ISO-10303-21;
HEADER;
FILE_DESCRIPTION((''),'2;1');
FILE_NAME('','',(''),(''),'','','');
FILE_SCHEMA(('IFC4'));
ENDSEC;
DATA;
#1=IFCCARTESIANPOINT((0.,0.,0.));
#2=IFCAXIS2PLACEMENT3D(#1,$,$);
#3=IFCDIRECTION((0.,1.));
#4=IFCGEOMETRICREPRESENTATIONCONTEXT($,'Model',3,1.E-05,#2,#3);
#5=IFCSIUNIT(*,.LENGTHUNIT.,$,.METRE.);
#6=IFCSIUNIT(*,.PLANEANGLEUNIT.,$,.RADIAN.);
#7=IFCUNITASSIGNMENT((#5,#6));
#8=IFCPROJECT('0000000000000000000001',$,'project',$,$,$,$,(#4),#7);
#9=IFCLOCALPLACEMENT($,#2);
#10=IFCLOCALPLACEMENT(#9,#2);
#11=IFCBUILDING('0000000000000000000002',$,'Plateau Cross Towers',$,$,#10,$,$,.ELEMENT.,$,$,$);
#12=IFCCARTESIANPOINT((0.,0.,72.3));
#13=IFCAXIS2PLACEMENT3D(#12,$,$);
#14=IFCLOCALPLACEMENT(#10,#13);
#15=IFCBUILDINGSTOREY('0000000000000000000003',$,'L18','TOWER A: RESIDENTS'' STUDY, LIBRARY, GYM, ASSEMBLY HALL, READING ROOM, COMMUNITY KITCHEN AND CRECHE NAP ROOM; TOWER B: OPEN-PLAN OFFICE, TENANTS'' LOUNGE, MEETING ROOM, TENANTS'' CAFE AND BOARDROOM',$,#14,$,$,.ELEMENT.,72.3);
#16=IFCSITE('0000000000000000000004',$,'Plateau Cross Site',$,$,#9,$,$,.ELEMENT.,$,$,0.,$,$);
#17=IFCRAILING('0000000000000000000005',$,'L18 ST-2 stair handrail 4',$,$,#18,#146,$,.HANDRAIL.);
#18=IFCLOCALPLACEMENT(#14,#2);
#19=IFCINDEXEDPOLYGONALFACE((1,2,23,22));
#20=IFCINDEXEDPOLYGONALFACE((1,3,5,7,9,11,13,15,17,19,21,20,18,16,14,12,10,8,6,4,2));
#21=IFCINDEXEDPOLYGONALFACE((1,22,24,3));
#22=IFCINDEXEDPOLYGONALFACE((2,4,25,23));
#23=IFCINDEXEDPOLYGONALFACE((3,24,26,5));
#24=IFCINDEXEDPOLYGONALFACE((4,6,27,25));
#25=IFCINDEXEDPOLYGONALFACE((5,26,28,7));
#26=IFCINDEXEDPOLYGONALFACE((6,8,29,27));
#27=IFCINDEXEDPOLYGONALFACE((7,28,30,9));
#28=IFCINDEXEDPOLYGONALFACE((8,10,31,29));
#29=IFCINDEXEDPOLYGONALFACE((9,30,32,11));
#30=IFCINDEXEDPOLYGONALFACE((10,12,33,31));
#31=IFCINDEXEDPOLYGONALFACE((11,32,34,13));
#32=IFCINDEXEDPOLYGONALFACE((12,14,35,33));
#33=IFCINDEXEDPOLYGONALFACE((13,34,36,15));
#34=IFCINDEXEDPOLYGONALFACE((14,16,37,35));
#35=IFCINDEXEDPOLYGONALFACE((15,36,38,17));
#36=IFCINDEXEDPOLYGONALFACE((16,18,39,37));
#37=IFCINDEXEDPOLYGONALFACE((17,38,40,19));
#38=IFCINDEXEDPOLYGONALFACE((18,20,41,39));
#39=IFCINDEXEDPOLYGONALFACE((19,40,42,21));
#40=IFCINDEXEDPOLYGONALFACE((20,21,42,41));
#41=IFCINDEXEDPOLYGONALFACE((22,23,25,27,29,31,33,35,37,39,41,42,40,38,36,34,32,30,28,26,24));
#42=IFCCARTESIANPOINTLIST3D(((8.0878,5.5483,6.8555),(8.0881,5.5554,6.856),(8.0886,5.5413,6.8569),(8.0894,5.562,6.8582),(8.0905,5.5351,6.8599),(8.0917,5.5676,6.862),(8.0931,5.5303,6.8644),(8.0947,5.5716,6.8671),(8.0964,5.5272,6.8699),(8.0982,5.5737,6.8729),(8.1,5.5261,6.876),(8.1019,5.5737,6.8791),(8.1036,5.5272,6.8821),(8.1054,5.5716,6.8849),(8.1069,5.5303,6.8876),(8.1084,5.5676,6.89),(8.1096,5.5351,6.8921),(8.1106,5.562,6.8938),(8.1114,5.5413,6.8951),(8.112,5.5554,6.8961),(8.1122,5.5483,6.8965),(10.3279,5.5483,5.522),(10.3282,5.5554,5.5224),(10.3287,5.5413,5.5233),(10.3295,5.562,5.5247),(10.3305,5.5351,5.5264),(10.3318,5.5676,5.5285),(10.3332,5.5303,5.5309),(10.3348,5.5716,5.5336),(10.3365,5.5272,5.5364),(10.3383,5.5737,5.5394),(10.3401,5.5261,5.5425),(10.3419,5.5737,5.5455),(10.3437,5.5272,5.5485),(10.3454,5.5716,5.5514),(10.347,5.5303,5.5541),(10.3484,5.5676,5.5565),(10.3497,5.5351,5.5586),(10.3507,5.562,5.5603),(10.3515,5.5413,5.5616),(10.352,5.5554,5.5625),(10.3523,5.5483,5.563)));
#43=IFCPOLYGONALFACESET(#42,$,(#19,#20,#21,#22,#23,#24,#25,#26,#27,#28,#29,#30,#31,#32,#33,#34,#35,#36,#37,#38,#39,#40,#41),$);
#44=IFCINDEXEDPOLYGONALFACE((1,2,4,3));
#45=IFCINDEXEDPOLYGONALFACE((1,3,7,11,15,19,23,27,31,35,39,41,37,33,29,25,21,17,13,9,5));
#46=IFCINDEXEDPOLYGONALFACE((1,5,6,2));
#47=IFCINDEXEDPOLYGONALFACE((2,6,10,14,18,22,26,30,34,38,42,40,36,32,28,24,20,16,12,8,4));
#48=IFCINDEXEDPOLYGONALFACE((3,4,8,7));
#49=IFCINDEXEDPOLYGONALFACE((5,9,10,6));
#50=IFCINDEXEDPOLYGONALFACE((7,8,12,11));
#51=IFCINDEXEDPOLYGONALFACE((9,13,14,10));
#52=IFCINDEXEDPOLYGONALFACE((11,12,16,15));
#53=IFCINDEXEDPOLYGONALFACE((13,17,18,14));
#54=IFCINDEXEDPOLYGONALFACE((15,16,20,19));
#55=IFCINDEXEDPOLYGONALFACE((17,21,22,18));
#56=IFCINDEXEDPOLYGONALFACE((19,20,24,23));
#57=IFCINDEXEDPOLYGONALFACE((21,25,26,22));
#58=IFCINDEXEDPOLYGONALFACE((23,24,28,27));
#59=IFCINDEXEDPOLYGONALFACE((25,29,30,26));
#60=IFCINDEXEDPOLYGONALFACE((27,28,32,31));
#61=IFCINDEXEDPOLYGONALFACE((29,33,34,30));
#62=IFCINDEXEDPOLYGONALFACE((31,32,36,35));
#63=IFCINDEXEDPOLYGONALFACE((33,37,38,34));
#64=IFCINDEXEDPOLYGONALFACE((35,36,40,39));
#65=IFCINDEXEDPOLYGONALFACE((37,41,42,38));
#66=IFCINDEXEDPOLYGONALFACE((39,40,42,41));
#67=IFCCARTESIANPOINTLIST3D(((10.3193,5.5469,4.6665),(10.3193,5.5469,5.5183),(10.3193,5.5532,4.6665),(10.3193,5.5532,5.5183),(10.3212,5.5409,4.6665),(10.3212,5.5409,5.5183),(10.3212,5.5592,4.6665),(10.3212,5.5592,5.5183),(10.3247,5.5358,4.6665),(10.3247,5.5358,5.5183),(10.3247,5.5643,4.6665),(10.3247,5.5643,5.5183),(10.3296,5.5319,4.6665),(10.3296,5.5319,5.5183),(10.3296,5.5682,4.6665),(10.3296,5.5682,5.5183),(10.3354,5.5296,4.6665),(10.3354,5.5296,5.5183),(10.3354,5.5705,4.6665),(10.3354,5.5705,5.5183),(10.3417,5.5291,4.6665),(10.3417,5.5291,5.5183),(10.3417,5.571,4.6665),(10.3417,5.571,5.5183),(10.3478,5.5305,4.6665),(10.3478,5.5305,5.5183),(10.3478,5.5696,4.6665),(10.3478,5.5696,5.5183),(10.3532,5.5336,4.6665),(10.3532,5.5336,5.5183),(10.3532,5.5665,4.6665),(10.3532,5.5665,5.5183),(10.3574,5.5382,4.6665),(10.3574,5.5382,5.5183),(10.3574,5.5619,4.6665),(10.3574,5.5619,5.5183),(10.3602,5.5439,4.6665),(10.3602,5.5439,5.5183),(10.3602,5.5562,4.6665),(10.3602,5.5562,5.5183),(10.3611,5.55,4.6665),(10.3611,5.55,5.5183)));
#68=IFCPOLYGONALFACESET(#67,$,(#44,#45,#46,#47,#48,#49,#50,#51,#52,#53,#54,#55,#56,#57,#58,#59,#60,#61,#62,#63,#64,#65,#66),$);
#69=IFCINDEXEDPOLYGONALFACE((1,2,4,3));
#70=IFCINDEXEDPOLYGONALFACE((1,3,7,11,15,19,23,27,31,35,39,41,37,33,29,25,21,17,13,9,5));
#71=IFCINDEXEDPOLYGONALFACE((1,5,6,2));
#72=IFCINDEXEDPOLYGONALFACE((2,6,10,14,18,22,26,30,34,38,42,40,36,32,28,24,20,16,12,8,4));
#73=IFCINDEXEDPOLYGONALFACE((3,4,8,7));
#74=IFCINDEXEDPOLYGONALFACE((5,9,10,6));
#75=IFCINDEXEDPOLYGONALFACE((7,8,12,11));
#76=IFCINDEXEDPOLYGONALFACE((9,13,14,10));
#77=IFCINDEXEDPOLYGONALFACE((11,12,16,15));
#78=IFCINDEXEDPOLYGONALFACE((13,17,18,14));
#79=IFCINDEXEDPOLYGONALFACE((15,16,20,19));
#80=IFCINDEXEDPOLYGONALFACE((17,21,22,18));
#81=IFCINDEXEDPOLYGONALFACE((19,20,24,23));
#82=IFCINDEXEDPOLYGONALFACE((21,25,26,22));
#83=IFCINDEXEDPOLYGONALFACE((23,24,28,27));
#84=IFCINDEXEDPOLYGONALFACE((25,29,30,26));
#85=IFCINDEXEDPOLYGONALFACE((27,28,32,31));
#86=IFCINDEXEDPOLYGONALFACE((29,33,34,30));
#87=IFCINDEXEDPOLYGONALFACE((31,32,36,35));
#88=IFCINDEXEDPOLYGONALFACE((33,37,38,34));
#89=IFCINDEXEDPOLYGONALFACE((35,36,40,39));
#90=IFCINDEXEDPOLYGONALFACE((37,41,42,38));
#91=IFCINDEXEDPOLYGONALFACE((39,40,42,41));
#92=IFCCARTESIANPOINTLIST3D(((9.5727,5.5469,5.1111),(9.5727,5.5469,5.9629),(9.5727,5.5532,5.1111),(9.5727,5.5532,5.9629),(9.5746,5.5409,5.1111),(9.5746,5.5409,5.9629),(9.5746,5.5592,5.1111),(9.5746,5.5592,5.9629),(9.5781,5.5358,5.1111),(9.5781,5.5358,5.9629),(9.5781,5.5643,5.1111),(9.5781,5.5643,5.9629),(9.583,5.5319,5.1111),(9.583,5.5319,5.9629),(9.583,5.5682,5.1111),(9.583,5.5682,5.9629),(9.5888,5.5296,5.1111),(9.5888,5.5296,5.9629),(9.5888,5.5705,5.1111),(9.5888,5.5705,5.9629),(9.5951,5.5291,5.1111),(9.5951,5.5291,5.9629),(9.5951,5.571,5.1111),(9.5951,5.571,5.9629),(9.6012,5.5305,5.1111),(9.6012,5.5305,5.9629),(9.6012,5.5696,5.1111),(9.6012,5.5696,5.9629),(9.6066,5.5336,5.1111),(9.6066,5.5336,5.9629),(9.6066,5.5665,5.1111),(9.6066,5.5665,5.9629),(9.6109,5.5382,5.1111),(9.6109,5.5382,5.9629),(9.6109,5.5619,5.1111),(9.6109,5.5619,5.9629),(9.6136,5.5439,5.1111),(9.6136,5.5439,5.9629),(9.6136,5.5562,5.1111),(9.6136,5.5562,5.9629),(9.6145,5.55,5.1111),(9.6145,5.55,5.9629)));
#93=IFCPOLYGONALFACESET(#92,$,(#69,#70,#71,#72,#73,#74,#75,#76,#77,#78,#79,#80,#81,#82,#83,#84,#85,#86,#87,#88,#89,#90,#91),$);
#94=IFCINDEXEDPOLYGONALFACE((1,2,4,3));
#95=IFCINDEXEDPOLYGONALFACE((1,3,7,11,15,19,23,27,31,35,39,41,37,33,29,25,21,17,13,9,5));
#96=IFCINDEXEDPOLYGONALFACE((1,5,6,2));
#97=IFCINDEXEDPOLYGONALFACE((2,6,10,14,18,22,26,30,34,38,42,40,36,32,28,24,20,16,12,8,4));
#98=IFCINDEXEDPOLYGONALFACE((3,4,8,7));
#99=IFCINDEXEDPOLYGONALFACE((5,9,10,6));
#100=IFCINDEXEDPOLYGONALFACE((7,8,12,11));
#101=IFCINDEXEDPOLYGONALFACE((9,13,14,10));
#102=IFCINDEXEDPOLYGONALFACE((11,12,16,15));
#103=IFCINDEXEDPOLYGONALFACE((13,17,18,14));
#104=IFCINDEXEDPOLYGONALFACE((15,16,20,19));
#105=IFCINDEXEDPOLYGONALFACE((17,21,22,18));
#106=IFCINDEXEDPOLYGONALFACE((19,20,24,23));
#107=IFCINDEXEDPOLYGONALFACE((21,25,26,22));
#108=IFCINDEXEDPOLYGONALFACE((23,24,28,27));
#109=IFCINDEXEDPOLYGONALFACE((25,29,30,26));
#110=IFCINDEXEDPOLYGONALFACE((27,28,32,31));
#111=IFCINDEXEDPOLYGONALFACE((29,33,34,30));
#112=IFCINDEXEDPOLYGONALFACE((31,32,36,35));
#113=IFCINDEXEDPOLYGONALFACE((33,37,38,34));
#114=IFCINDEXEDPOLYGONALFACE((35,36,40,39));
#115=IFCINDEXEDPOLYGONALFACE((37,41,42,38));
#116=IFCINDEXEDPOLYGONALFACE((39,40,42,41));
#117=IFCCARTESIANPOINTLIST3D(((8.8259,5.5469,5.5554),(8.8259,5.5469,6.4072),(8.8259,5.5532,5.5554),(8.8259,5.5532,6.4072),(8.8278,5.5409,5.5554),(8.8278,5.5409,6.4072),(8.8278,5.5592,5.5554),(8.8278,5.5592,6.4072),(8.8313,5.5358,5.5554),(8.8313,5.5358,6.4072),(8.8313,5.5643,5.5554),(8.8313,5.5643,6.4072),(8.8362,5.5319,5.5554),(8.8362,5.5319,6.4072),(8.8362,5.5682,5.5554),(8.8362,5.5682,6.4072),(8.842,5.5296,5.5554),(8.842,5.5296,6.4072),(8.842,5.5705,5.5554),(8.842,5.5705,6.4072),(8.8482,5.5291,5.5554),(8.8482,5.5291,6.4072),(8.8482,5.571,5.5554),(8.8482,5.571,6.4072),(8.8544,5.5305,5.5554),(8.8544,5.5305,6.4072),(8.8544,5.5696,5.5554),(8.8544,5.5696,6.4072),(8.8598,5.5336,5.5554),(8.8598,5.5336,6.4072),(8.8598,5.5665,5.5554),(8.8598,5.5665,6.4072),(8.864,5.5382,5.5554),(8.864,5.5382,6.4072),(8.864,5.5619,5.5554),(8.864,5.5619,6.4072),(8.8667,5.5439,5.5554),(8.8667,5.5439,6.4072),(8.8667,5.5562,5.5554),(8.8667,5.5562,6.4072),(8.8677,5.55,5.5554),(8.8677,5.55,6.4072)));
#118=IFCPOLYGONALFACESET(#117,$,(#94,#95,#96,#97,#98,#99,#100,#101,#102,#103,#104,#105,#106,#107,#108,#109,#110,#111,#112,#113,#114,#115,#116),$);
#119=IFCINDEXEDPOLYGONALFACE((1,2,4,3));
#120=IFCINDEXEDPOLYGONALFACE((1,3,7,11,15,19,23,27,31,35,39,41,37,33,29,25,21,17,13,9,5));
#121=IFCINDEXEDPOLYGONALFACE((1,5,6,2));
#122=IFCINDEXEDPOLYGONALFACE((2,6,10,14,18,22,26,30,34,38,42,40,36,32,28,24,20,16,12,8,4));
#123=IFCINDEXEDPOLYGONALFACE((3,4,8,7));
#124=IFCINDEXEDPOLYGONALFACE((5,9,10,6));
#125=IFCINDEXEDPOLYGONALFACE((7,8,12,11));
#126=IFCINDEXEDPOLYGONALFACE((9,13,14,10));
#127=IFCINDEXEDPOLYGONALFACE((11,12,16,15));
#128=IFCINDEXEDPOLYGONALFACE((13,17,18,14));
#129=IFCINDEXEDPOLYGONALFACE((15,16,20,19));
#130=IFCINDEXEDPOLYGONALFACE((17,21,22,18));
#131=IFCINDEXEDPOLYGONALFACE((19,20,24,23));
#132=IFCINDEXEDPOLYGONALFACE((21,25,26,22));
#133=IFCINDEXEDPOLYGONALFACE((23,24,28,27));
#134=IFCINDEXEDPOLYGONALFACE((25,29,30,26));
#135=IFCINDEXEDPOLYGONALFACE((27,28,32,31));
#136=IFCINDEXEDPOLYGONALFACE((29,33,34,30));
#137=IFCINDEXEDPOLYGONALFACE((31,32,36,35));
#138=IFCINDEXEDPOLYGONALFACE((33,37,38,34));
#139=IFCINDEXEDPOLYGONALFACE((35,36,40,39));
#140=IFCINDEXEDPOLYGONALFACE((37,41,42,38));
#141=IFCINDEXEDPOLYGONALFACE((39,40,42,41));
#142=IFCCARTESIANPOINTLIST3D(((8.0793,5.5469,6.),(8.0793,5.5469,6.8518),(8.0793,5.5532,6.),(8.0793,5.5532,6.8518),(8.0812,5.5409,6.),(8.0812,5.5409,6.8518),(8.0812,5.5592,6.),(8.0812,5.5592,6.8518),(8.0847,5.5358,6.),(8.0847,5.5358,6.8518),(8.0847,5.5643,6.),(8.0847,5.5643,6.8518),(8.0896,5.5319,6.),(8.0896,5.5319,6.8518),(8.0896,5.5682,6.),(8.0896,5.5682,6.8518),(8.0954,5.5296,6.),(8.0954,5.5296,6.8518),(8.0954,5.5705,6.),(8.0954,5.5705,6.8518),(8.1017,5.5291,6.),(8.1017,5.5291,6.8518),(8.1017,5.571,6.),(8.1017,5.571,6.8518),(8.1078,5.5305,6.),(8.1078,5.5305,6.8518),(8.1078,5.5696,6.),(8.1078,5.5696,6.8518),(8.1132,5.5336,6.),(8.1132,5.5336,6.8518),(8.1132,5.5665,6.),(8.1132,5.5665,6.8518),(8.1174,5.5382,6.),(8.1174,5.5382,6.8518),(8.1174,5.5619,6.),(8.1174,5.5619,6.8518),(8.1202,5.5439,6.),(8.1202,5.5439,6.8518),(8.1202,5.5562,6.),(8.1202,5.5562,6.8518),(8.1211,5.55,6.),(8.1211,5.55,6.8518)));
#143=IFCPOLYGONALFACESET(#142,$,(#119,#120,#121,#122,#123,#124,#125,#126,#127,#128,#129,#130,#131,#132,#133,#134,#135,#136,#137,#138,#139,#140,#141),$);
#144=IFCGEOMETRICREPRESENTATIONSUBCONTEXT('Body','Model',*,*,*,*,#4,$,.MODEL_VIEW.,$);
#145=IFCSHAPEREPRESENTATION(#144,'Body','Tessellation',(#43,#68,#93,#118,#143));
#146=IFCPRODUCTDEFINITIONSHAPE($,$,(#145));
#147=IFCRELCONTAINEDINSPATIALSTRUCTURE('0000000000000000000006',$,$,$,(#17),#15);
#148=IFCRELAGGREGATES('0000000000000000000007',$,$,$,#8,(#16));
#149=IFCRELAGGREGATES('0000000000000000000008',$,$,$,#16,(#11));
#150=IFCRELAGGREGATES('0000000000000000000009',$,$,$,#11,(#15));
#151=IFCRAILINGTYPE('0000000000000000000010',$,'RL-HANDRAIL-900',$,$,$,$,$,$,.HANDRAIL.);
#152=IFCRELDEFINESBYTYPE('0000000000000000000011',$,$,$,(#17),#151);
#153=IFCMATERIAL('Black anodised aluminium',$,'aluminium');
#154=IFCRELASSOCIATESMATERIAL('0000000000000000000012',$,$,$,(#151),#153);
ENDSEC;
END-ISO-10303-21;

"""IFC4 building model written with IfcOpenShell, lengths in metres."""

from ifc_helpers import new_model, si_unit, direction, frame, origin, origin_2d, place, context, subcontext, project, spatial, circle, extrude, material, type_object, element, save


model = new_model("IFC4")

# Units and contexts
model_context = context("Model", 3, precision=1e-05, world=origin(), true_north=direction((0.0, 1.0)))
body_context = subcontext(model_context, "Body", "Model", "MODEL_VIEW")
ifc_project = project(units=[si_unit("LENGTHUNIT", "METRE"), si_unit("PLANEANGLEUNIT", "RADIAN")], contexts=[model_context])

# Site, building, storey
site_placement = place(None, origin())
site = spatial("IfcSite", under=ifc_project, at=site_placement, Name="Plateau Cross Site", CompositionType="ELEMENT", RefElevation=0.0)
building_placement = place(site_placement, origin())
building = spatial("IfcBuilding", under=site, at=building_placement, Name="Plateau Cross Towers", CompositionType="ELEMENT")
storey_placement = place(building_placement, frame((0.0, 0.0, 72.3)))
storey = spatial("IfcBuildingStorey", under=building, at=storey_placement, Name="L18", Description="TOWER A: RESIDENTS' STUDY, LIBRARY, GYM, ASSEMBLY HALL, READING ROOM, COMMUNITY KITCHEN AND CRECHE NAP ROOM; TOWER B: OPEN-PLAN OFFICE, TENANTS' LOUNGE, MEETING ROOM, TENANTS' CAFE AND BOARDROOM", CompositionType="ELEMENT", Elevation=72.3)

# Shared definitions
ifc_material_1 = material(Name="Black anodised aluminium", Category="aluminium")

# Railing
railing_type_1 = type_object("IfcRailingType", Name="RL-HANDRAIL-900", PredefinedType="HANDRAIL", material=ifc_material_1)
railing_1_placement = place(storey_placement, frame((10.3401, 5.55, 4.6665)))
element("IfcRailing", 1, at=railing_1_placement, inside=storey, type_object=railing_type_1, Name="L18 ST-2 stair handrail 4", PredefinedType="HANDRAIL", context=body_context, shape_type="SweptSolid", body=[
    extrude(circle(Radius=0.0239, at=origin_2d()), frame((0.0, 0.0, 0.876), z_axis=(-0.859264, 0.0, 0.511532), x_axis=(0.0, -1.0, 0.0)), (0.0, 0.0, 1.0), 2.6069),
    extrude(circle(Radius=0.021, at=origin_2d()), origin(), (0.0, 0.0, 1.0), 0.8518),
    extrude(circle(Radius=0.021, at=origin_2d()), frame((-0.7466, 0.0, 0.4446)), (0.0, 0.0, 1.0), 0.8518),
    extrude(circle(Radius=0.021, at=origin_2d()), frame((-1.4934, 0.0, 0.8889)), (0.0, 0.0, 1.0), 0.8518),
    extrude(circle(Radius=0.021, at=origin_2d()), frame((-2.24, 0.0, 1.3335)), (0.0, 0.0, 1.0), 0.8518),
])

save(model, "model.ifc")
